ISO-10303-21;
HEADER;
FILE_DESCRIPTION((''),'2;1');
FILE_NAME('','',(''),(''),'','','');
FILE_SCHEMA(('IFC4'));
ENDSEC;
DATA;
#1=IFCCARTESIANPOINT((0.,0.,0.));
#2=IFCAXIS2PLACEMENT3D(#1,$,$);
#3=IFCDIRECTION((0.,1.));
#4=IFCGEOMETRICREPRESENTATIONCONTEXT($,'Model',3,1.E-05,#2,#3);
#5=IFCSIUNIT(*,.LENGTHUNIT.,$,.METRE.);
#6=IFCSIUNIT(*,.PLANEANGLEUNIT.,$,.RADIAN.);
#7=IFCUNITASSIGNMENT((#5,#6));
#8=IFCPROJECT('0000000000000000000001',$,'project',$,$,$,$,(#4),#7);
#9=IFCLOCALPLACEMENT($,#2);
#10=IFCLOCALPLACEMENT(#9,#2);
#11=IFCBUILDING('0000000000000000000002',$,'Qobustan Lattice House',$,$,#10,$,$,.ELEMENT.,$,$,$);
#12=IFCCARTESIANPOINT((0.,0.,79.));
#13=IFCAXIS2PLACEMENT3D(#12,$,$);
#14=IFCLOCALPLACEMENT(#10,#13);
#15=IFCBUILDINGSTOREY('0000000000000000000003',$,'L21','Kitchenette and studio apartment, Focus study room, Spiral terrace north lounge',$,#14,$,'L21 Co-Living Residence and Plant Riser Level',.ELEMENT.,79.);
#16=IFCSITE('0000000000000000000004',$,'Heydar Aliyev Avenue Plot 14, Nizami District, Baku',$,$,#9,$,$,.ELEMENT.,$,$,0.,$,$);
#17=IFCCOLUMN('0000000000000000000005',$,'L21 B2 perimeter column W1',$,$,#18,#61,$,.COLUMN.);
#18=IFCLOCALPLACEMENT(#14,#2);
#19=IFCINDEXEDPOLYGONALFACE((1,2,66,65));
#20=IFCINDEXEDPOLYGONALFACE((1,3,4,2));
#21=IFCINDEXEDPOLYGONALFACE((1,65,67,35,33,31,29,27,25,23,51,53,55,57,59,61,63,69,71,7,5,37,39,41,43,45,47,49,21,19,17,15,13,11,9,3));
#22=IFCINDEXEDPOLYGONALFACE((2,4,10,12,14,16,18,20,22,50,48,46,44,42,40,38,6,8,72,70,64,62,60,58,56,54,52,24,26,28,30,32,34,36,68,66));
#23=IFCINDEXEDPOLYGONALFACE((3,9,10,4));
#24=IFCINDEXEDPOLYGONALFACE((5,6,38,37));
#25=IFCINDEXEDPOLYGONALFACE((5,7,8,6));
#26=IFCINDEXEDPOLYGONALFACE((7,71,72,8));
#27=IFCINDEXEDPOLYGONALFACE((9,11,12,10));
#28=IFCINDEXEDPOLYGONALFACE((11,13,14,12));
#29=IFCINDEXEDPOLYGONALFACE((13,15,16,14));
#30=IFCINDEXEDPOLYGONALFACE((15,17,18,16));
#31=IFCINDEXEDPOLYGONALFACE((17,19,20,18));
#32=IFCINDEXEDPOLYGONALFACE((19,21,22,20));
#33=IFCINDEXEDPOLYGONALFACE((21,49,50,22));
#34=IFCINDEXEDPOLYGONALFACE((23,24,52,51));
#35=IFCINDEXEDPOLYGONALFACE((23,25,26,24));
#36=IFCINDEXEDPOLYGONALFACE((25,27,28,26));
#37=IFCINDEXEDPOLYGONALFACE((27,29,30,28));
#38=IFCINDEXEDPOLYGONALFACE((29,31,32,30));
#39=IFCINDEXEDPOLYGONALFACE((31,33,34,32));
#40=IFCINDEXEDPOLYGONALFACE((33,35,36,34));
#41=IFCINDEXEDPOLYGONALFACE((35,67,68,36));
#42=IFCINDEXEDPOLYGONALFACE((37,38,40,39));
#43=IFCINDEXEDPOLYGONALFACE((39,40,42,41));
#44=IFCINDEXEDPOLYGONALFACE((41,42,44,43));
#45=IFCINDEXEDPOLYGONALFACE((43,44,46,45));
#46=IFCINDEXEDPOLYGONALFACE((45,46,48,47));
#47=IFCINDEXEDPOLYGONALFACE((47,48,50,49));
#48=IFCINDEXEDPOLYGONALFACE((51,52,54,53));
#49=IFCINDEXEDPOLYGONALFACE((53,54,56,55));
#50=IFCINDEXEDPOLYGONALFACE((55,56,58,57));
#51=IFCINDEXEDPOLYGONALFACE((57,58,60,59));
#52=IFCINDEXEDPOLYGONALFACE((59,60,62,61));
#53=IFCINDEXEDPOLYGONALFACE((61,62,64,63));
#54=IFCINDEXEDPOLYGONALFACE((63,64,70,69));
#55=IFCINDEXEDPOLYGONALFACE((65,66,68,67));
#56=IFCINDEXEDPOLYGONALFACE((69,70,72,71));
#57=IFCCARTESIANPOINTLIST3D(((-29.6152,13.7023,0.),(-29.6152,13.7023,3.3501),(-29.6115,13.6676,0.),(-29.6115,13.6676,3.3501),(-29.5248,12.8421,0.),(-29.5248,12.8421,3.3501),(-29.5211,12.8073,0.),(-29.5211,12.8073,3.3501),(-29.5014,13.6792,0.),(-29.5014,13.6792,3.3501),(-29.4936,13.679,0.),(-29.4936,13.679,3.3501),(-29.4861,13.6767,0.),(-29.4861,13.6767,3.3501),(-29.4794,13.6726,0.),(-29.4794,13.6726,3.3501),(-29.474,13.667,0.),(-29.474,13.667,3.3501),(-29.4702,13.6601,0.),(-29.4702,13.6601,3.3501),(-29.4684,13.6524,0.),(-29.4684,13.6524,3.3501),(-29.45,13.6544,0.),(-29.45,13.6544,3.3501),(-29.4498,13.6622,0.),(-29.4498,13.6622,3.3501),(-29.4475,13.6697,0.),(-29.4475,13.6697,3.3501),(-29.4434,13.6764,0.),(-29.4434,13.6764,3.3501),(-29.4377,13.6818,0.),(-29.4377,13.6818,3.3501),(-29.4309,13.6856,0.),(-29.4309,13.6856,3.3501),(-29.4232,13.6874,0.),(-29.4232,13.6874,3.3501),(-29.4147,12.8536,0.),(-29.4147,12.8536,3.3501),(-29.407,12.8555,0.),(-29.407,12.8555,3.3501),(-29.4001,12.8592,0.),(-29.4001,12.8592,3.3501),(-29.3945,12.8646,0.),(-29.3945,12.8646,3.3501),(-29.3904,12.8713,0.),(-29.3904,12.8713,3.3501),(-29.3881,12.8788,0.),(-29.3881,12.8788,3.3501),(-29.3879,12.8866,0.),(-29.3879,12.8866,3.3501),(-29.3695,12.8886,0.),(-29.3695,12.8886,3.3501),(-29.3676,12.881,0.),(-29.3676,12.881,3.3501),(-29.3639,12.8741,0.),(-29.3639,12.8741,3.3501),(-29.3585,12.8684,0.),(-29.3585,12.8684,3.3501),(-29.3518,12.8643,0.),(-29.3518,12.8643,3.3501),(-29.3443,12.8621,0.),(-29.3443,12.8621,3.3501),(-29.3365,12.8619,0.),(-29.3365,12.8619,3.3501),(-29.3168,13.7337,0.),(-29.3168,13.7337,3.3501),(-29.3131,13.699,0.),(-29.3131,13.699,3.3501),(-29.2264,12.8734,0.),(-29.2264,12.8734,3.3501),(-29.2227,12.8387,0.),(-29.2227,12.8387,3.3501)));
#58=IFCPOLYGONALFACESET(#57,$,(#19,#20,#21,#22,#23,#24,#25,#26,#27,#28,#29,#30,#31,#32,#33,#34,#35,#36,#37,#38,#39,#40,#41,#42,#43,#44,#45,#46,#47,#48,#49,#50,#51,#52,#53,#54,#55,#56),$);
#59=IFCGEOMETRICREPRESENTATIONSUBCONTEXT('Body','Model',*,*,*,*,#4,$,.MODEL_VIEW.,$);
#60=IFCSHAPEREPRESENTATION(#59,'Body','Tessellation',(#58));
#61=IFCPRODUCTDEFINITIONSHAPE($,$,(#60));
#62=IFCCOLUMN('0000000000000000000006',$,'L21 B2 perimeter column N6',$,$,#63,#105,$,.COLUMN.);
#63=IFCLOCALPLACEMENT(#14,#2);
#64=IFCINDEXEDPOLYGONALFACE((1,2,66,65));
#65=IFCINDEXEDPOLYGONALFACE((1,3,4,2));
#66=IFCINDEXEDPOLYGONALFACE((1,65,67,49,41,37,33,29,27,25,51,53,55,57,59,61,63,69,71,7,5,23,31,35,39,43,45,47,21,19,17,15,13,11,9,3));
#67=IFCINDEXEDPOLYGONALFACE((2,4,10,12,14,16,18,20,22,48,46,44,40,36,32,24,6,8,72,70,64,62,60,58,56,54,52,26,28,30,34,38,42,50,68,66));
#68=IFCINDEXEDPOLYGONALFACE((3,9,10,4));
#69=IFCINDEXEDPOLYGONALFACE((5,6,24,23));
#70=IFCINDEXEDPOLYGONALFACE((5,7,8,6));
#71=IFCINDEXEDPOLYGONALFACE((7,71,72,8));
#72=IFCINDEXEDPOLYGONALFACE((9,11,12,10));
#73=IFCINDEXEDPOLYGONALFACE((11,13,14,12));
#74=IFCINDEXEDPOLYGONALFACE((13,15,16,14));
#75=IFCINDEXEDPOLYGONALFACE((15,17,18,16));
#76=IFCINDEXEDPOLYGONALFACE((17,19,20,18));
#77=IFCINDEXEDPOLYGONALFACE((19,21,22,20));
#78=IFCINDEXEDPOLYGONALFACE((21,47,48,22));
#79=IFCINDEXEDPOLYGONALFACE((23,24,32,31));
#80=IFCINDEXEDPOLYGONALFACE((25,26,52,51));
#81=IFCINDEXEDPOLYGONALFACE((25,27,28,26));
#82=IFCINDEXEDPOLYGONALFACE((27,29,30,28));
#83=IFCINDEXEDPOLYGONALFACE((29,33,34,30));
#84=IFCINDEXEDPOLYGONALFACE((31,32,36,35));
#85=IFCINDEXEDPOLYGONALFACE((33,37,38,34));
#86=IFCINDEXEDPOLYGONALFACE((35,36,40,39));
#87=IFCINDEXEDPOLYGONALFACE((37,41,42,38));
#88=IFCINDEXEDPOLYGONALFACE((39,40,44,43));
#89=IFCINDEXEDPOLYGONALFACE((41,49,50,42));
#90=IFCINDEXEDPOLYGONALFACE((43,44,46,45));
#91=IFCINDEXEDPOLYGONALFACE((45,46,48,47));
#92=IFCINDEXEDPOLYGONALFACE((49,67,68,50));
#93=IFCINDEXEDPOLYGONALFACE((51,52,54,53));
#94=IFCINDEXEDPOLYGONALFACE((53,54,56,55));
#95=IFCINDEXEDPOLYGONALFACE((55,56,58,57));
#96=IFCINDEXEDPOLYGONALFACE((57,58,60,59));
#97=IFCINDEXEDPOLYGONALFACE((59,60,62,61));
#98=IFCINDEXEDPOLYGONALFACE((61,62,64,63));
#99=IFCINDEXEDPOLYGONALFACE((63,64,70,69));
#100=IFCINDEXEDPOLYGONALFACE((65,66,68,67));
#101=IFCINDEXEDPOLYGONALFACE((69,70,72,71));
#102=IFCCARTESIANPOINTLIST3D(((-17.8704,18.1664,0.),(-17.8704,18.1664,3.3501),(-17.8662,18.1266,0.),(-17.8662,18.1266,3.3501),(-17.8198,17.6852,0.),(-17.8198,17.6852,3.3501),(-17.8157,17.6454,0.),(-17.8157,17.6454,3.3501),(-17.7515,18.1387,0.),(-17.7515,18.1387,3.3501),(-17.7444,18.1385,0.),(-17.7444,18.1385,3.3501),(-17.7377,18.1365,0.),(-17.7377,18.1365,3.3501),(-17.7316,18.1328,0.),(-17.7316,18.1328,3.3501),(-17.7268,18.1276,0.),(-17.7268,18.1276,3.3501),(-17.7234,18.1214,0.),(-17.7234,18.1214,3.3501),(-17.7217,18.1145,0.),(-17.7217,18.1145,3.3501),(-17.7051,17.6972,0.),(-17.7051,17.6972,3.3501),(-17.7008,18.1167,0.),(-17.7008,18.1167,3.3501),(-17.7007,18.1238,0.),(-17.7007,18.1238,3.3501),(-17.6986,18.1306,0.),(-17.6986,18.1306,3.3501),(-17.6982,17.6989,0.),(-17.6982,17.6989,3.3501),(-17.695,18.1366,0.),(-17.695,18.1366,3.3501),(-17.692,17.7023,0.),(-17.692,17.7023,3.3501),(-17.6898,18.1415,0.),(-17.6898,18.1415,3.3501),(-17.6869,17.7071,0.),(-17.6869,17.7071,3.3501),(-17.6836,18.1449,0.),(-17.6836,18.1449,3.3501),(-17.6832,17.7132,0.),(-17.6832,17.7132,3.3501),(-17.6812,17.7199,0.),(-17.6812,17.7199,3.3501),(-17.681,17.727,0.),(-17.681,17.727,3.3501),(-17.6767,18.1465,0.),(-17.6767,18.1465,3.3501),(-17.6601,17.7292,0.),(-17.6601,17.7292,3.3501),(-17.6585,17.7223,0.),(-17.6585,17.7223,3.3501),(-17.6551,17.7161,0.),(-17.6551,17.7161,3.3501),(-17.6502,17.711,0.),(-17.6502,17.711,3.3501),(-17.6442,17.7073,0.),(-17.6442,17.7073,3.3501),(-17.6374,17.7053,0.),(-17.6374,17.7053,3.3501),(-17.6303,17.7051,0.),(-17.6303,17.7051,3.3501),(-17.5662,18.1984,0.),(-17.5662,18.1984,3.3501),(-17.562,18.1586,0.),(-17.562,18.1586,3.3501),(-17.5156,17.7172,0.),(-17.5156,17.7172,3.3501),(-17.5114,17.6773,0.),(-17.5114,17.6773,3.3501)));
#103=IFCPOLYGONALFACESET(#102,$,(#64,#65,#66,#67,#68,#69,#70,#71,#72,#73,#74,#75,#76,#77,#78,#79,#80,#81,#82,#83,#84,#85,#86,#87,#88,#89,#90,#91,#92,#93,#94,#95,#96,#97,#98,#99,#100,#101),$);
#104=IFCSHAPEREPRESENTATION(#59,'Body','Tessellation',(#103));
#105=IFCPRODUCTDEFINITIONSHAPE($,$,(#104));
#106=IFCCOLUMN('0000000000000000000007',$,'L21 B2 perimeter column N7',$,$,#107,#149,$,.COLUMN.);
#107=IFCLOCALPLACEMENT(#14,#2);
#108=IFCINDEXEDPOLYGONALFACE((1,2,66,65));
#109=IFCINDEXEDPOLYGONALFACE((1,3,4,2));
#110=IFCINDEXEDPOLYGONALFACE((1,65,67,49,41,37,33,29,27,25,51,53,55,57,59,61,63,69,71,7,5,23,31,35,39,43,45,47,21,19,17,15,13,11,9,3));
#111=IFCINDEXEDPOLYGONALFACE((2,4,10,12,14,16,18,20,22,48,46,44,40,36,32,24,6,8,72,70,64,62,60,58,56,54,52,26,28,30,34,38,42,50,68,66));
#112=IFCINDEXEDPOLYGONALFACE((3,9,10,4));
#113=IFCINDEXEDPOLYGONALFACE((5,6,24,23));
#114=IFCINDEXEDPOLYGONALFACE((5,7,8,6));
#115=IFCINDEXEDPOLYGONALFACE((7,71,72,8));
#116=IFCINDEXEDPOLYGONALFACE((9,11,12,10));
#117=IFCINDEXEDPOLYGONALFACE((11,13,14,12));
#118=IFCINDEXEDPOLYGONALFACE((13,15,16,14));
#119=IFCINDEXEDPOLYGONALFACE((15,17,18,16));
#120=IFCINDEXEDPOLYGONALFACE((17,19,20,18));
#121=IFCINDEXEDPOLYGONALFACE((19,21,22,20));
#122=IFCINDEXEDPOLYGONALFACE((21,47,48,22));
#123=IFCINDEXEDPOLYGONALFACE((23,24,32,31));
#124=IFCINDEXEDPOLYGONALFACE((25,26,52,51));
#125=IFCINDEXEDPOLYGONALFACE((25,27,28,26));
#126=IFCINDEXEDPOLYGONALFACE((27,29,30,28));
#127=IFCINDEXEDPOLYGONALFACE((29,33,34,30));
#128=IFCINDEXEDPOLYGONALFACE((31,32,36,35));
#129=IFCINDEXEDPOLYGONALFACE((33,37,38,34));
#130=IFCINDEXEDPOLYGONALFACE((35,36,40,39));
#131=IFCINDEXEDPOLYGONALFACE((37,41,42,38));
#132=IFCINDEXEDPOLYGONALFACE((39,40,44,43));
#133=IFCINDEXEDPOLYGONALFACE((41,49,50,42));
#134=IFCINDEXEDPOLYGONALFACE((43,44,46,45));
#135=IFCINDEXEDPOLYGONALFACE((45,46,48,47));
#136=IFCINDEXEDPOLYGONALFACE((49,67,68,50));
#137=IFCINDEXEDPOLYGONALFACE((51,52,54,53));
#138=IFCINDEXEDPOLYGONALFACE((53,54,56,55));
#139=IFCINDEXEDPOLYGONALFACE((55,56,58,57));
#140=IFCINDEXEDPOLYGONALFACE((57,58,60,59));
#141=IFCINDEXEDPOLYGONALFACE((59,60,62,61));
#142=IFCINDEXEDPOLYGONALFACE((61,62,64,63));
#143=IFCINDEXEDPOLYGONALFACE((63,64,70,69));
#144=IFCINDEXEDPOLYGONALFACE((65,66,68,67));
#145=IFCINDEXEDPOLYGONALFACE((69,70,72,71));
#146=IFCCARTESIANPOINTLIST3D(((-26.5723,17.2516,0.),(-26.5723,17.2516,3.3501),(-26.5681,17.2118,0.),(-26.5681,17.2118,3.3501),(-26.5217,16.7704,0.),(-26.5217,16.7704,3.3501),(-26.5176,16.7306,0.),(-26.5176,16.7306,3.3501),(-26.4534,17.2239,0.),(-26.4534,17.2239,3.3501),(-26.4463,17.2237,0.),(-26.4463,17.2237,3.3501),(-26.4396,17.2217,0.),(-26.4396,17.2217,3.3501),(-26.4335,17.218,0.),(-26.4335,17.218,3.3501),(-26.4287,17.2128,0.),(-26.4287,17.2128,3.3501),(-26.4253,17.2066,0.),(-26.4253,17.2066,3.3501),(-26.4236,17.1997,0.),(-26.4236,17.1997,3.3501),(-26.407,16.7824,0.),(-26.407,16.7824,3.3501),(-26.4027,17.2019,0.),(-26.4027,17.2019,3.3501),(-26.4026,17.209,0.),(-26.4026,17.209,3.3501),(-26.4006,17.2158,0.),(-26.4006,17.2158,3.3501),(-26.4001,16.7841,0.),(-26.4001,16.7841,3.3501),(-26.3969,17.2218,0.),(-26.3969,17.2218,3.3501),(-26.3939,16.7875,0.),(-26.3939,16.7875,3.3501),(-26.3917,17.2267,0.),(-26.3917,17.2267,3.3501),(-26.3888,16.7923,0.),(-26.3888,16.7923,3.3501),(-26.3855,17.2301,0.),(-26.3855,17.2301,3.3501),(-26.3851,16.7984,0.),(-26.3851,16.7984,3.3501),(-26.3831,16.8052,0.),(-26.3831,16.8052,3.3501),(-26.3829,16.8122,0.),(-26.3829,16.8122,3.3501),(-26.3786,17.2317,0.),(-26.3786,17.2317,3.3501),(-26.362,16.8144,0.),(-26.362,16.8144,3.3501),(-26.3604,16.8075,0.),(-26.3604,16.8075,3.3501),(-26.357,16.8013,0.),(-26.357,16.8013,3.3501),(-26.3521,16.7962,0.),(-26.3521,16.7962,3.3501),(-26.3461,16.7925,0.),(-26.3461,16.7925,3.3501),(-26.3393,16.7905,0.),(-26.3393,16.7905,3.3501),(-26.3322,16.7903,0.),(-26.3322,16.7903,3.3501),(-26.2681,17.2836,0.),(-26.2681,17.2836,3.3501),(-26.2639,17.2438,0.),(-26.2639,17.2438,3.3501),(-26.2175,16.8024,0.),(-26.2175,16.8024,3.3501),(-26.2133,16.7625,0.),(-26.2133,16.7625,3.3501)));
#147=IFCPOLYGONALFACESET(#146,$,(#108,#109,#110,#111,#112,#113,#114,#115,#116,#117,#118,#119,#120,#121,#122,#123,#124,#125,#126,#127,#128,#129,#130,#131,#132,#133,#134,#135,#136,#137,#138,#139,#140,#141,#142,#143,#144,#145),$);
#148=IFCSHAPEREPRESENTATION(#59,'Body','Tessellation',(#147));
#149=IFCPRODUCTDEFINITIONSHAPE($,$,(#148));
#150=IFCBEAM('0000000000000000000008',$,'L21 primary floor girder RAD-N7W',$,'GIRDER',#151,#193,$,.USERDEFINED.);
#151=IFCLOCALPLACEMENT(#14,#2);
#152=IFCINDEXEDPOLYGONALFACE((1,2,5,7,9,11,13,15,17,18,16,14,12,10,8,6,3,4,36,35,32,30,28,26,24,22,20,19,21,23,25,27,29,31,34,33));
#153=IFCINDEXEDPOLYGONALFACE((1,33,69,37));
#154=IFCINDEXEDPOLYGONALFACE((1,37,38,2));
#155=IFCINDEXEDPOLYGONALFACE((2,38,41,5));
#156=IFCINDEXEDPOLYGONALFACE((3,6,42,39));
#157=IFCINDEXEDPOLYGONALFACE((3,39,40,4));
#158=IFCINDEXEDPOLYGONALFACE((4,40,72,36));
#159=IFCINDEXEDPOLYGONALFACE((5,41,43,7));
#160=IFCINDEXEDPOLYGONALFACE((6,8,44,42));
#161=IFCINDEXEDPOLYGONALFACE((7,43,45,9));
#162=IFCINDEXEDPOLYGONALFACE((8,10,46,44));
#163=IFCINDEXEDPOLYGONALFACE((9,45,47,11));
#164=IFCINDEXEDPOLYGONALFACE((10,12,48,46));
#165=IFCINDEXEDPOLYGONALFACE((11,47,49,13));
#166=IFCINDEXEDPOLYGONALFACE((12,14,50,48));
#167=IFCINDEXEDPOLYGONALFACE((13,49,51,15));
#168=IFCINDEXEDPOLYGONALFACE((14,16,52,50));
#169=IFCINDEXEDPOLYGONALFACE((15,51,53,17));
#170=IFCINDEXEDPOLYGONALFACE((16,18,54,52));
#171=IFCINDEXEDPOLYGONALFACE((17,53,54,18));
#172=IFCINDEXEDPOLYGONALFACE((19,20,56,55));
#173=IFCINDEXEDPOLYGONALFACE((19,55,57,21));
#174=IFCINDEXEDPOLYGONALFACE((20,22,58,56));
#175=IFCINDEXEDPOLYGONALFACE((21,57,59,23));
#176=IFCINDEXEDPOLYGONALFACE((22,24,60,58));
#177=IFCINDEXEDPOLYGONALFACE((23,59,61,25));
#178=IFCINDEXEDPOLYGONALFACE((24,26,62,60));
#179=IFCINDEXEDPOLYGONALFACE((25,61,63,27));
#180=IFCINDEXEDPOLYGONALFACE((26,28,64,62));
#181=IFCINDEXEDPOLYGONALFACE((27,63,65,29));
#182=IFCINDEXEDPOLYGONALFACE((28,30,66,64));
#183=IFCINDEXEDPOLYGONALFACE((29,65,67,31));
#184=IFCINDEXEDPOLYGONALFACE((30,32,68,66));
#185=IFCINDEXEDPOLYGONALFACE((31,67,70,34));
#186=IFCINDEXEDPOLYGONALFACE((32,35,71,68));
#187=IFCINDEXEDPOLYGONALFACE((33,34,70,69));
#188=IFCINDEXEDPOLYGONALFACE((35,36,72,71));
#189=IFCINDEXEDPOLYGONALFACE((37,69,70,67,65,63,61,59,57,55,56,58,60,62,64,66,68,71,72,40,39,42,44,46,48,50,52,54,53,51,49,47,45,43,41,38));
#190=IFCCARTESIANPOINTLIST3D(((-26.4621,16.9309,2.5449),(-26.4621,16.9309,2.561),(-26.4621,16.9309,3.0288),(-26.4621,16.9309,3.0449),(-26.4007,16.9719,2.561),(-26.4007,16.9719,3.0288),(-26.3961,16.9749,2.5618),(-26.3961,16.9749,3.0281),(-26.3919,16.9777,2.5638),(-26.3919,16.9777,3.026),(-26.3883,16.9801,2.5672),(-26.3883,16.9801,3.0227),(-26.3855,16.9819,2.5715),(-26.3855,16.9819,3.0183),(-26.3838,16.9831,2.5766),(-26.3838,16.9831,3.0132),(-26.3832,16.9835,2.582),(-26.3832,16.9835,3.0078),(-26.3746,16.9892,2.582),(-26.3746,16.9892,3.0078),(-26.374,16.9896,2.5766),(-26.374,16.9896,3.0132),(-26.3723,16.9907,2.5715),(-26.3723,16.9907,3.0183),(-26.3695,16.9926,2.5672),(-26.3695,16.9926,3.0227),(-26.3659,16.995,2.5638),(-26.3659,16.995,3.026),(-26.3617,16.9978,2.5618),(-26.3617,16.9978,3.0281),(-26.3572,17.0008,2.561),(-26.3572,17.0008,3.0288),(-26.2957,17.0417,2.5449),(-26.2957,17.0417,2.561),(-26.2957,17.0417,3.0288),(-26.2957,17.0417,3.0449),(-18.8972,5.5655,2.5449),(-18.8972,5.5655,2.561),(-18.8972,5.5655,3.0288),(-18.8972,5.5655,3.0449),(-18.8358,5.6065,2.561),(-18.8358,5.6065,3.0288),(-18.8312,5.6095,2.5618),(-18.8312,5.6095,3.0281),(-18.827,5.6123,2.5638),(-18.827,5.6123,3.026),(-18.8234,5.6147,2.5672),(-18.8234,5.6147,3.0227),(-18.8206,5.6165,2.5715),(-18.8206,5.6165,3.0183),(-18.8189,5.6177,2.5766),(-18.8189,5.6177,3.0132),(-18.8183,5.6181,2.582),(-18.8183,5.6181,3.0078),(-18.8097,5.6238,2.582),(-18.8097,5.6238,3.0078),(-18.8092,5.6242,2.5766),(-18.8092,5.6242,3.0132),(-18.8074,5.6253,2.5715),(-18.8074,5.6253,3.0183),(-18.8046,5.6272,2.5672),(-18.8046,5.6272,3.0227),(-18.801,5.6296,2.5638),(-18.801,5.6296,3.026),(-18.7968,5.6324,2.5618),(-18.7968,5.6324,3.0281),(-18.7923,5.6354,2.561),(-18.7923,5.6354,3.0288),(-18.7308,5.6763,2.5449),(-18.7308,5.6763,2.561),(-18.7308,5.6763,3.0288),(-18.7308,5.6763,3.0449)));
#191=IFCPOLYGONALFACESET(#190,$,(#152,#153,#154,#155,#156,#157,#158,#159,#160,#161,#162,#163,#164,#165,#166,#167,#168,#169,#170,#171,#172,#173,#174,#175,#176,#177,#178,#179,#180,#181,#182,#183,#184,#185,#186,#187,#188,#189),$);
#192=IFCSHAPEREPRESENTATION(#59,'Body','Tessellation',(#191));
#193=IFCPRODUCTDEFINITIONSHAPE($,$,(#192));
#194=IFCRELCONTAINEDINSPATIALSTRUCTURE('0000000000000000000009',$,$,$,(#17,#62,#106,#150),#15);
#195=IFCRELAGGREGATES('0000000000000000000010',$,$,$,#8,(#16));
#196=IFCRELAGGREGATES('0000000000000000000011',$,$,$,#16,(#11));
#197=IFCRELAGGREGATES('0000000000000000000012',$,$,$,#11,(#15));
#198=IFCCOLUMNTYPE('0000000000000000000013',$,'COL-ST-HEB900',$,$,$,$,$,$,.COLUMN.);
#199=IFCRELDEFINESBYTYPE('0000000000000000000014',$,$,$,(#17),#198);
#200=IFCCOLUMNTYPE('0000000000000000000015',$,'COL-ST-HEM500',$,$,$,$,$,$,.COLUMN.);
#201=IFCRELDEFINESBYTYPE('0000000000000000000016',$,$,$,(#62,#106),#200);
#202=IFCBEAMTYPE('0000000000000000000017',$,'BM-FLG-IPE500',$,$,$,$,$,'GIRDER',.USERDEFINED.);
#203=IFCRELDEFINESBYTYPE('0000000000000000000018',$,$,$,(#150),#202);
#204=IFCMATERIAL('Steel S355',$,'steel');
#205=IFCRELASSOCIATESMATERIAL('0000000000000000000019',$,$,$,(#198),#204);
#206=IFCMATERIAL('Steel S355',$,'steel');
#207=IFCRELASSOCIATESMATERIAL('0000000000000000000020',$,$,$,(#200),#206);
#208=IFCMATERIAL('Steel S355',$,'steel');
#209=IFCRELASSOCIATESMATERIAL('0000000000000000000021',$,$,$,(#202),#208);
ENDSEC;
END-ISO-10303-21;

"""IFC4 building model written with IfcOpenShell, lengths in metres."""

from ifc_helpers import new_model, si_unit, direction, frame, origin, origin_2d, place, context, subcontext, project, spatial, i_section, extrude, material, material_profile, profile_set, type_object, element, save


model = new_model("IFC4")

# Units and contexts
model_context = context("Model", 3, precision=1e-05, world=origin(), true_north=direction((0.0, 1.0)))
body_context = subcontext(model_context, "Body", "Model", "MODEL_VIEW")
ifc_project = project(units=[si_unit("LENGTHUNIT", "METRE"), si_unit("PLANEANGLEUNIT", "RADIAN")], contexts=[model_context])

# Site, building, storey
site_placement = place(None, origin())
site = spatial("IfcSite", under=ifc_project, at=site_placement, Name="Heydar Aliyev Avenue Plot 14, Nizami District, Baku", CompositionType="ELEMENT", RefElevation=0.0)
building_placement = place(site_placement, origin())
building = spatial("IfcBuilding", under=site, at=building_placement, Name="Qobustan Lattice House", CompositionType="ELEMENT")
storey_placement = place(building_placement, frame((0.0, 0.0, 79.0)))
storey = spatial("IfcBuildingStorey", under=building, at=storey_placement, Name="L21", Description="Kitchenette and studio apartment, Focus study room, Spiral terrace north lounge", LongName="L21 Co-Living Residence and Plant Riser Level", CompositionType="ELEMENT", Elevation=79.0)

# Columns
ifc_material_1 = material(Name="Steel S355", Category="steel")
ifc_material_profile_1 = material_profile(ifc_material_1, i_section(OverallWidth=0.3, OverallDepth=0.8999, WebThickness=0.0186, FlangeThickness=0.0349, FilletRadius=0.03, at=origin_2d()), Name="HEB900")
ifc_profile_set_1 = profile_set([ifc_material_profile_1], Name="Steel S355")
column_type_1 = type_object("IfcColumnType", Name="COL-ST-HEB900", PredefinedType="COLUMN", material=ifc_profile_set_1)
column_placement = place(storey_placement, frame((-29.4189, 13.2705, 0.0), z_axis=(0.0, 0.0, 1.0), x_axis=(0.994522, 0.104528, 0.0)))
element("IfcColumn", 1, at=column_placement, inside=storey, type_object=column_type_1, Name="L21 B2 perimeter column W1", PredefinedType="COLUMN", context=body_context, shape_type="SweptSolid", body=[
    extrude(i_section(OverallWidth=0.3, OverallDepth=0.8999, WebThickness=0.0186, FlangeThickness=0.0349, FilletRadius=0.03, at=origin_2d()), origin(), (0.0, 0.0, 1.0), 3.3501),
])
ifc_material_2 = material(Name="Steel S355", Category="steel")
ifc_material_profile_2 = material_profile(ifc_material_2, i_section(OverallWidth=0.3059, OverallDepth=0.5239, WebThickness=0.021, FlangeThickness=0.04, FilletRadius=0.0271, at=origin_2d()), Name="HEM500")
ifc_profile_set_2 = profile_set([ifc_material_profile_2], Name="Steel S355")
column_type_2 = type_object("IfcColumnType", Name="COL-ST-HEM500", PredefinedType="COLUMN", material=ifc_profile_set_2)
for number, where, z_axis, x_axis, name in (
    (2, (-17.6909, 17.9219, 0.0), (0.0, 0.0, 1.0), (0.994522, 0.104528, 0.0), "L21 B2 perimeter column N6"),
    (3, (-26.3928, 17.0071, 0.0), (0.0, 0.0, 1.0), (0.994522, 0.104528, 0.0), "L21 B2 perimeter column N7"),
):
    element("IfcColumn", number, at=place(storey_placement, frame(where, z_axis=z_axis, x_axis=x_axis)), inside=storey, type_object=column_type_2, Name=name, PredefinedType="COLUMN", context=body_context, shape_type="SweptSolid", body=[
        extrude(i_section(OverallWidth=0.3059, OverallDepth=0.5239, WebThickness=0.021, FlangeThickness=0.04, FilletRadius=0.0271, at=origin_2d()), origin(), (0.0, 0.0, 1.0), 3.3501),
    ])

# Beam
ifc_material_3 = material(Name="Steel S355", Category="steel")
ifc_material_profile_3 = material_profile(ifc_material_3, i_section(OverallWidth=0.2, OverallDepth=0.5, WebThickness=0.0103, FlangeThickness=0.0161, FilletRadius=0.021, at=origin_2d()), Name="IPE500")
ifc_profile_set_3 = profile_set([ifc_material_profile_3], Name="Steel S355")
beam_type_1 = type_object("IfcBeamType", Name="BM-FLG-IPE500", ElementType="GIRDER", PredefinedType="USERDEFINED", material=ifc_profile_set_3)
beam_1_placement = place(storey_placement, frame((-26.3789, 16.9863, 2.7949), z_axis=(0.554089, -0.832457, 0.0), x_axis=(0.832457, 0.554089, 0.0)))
element("IfcBeam", 4, at=beam_1_placement, inside=storey, type_object=beam_type_1, Name="L21 primary floor girder RAD-N7W", ObjectType="GIRDER", PredefinedType="USERDEFINED", context=body_context, shape_type="SweptSolid", body=[
    extrude(i_section(OverallWidth=0.2, OverallDepth=0.5, WebThickness=0.0103, FlangeThickness=0.0161, FilletRadius=0.021, at=origin_2d()), origin(), (0.0, 0.0, 1.0), 13.6528),
])

save(model, "model.ifc")
